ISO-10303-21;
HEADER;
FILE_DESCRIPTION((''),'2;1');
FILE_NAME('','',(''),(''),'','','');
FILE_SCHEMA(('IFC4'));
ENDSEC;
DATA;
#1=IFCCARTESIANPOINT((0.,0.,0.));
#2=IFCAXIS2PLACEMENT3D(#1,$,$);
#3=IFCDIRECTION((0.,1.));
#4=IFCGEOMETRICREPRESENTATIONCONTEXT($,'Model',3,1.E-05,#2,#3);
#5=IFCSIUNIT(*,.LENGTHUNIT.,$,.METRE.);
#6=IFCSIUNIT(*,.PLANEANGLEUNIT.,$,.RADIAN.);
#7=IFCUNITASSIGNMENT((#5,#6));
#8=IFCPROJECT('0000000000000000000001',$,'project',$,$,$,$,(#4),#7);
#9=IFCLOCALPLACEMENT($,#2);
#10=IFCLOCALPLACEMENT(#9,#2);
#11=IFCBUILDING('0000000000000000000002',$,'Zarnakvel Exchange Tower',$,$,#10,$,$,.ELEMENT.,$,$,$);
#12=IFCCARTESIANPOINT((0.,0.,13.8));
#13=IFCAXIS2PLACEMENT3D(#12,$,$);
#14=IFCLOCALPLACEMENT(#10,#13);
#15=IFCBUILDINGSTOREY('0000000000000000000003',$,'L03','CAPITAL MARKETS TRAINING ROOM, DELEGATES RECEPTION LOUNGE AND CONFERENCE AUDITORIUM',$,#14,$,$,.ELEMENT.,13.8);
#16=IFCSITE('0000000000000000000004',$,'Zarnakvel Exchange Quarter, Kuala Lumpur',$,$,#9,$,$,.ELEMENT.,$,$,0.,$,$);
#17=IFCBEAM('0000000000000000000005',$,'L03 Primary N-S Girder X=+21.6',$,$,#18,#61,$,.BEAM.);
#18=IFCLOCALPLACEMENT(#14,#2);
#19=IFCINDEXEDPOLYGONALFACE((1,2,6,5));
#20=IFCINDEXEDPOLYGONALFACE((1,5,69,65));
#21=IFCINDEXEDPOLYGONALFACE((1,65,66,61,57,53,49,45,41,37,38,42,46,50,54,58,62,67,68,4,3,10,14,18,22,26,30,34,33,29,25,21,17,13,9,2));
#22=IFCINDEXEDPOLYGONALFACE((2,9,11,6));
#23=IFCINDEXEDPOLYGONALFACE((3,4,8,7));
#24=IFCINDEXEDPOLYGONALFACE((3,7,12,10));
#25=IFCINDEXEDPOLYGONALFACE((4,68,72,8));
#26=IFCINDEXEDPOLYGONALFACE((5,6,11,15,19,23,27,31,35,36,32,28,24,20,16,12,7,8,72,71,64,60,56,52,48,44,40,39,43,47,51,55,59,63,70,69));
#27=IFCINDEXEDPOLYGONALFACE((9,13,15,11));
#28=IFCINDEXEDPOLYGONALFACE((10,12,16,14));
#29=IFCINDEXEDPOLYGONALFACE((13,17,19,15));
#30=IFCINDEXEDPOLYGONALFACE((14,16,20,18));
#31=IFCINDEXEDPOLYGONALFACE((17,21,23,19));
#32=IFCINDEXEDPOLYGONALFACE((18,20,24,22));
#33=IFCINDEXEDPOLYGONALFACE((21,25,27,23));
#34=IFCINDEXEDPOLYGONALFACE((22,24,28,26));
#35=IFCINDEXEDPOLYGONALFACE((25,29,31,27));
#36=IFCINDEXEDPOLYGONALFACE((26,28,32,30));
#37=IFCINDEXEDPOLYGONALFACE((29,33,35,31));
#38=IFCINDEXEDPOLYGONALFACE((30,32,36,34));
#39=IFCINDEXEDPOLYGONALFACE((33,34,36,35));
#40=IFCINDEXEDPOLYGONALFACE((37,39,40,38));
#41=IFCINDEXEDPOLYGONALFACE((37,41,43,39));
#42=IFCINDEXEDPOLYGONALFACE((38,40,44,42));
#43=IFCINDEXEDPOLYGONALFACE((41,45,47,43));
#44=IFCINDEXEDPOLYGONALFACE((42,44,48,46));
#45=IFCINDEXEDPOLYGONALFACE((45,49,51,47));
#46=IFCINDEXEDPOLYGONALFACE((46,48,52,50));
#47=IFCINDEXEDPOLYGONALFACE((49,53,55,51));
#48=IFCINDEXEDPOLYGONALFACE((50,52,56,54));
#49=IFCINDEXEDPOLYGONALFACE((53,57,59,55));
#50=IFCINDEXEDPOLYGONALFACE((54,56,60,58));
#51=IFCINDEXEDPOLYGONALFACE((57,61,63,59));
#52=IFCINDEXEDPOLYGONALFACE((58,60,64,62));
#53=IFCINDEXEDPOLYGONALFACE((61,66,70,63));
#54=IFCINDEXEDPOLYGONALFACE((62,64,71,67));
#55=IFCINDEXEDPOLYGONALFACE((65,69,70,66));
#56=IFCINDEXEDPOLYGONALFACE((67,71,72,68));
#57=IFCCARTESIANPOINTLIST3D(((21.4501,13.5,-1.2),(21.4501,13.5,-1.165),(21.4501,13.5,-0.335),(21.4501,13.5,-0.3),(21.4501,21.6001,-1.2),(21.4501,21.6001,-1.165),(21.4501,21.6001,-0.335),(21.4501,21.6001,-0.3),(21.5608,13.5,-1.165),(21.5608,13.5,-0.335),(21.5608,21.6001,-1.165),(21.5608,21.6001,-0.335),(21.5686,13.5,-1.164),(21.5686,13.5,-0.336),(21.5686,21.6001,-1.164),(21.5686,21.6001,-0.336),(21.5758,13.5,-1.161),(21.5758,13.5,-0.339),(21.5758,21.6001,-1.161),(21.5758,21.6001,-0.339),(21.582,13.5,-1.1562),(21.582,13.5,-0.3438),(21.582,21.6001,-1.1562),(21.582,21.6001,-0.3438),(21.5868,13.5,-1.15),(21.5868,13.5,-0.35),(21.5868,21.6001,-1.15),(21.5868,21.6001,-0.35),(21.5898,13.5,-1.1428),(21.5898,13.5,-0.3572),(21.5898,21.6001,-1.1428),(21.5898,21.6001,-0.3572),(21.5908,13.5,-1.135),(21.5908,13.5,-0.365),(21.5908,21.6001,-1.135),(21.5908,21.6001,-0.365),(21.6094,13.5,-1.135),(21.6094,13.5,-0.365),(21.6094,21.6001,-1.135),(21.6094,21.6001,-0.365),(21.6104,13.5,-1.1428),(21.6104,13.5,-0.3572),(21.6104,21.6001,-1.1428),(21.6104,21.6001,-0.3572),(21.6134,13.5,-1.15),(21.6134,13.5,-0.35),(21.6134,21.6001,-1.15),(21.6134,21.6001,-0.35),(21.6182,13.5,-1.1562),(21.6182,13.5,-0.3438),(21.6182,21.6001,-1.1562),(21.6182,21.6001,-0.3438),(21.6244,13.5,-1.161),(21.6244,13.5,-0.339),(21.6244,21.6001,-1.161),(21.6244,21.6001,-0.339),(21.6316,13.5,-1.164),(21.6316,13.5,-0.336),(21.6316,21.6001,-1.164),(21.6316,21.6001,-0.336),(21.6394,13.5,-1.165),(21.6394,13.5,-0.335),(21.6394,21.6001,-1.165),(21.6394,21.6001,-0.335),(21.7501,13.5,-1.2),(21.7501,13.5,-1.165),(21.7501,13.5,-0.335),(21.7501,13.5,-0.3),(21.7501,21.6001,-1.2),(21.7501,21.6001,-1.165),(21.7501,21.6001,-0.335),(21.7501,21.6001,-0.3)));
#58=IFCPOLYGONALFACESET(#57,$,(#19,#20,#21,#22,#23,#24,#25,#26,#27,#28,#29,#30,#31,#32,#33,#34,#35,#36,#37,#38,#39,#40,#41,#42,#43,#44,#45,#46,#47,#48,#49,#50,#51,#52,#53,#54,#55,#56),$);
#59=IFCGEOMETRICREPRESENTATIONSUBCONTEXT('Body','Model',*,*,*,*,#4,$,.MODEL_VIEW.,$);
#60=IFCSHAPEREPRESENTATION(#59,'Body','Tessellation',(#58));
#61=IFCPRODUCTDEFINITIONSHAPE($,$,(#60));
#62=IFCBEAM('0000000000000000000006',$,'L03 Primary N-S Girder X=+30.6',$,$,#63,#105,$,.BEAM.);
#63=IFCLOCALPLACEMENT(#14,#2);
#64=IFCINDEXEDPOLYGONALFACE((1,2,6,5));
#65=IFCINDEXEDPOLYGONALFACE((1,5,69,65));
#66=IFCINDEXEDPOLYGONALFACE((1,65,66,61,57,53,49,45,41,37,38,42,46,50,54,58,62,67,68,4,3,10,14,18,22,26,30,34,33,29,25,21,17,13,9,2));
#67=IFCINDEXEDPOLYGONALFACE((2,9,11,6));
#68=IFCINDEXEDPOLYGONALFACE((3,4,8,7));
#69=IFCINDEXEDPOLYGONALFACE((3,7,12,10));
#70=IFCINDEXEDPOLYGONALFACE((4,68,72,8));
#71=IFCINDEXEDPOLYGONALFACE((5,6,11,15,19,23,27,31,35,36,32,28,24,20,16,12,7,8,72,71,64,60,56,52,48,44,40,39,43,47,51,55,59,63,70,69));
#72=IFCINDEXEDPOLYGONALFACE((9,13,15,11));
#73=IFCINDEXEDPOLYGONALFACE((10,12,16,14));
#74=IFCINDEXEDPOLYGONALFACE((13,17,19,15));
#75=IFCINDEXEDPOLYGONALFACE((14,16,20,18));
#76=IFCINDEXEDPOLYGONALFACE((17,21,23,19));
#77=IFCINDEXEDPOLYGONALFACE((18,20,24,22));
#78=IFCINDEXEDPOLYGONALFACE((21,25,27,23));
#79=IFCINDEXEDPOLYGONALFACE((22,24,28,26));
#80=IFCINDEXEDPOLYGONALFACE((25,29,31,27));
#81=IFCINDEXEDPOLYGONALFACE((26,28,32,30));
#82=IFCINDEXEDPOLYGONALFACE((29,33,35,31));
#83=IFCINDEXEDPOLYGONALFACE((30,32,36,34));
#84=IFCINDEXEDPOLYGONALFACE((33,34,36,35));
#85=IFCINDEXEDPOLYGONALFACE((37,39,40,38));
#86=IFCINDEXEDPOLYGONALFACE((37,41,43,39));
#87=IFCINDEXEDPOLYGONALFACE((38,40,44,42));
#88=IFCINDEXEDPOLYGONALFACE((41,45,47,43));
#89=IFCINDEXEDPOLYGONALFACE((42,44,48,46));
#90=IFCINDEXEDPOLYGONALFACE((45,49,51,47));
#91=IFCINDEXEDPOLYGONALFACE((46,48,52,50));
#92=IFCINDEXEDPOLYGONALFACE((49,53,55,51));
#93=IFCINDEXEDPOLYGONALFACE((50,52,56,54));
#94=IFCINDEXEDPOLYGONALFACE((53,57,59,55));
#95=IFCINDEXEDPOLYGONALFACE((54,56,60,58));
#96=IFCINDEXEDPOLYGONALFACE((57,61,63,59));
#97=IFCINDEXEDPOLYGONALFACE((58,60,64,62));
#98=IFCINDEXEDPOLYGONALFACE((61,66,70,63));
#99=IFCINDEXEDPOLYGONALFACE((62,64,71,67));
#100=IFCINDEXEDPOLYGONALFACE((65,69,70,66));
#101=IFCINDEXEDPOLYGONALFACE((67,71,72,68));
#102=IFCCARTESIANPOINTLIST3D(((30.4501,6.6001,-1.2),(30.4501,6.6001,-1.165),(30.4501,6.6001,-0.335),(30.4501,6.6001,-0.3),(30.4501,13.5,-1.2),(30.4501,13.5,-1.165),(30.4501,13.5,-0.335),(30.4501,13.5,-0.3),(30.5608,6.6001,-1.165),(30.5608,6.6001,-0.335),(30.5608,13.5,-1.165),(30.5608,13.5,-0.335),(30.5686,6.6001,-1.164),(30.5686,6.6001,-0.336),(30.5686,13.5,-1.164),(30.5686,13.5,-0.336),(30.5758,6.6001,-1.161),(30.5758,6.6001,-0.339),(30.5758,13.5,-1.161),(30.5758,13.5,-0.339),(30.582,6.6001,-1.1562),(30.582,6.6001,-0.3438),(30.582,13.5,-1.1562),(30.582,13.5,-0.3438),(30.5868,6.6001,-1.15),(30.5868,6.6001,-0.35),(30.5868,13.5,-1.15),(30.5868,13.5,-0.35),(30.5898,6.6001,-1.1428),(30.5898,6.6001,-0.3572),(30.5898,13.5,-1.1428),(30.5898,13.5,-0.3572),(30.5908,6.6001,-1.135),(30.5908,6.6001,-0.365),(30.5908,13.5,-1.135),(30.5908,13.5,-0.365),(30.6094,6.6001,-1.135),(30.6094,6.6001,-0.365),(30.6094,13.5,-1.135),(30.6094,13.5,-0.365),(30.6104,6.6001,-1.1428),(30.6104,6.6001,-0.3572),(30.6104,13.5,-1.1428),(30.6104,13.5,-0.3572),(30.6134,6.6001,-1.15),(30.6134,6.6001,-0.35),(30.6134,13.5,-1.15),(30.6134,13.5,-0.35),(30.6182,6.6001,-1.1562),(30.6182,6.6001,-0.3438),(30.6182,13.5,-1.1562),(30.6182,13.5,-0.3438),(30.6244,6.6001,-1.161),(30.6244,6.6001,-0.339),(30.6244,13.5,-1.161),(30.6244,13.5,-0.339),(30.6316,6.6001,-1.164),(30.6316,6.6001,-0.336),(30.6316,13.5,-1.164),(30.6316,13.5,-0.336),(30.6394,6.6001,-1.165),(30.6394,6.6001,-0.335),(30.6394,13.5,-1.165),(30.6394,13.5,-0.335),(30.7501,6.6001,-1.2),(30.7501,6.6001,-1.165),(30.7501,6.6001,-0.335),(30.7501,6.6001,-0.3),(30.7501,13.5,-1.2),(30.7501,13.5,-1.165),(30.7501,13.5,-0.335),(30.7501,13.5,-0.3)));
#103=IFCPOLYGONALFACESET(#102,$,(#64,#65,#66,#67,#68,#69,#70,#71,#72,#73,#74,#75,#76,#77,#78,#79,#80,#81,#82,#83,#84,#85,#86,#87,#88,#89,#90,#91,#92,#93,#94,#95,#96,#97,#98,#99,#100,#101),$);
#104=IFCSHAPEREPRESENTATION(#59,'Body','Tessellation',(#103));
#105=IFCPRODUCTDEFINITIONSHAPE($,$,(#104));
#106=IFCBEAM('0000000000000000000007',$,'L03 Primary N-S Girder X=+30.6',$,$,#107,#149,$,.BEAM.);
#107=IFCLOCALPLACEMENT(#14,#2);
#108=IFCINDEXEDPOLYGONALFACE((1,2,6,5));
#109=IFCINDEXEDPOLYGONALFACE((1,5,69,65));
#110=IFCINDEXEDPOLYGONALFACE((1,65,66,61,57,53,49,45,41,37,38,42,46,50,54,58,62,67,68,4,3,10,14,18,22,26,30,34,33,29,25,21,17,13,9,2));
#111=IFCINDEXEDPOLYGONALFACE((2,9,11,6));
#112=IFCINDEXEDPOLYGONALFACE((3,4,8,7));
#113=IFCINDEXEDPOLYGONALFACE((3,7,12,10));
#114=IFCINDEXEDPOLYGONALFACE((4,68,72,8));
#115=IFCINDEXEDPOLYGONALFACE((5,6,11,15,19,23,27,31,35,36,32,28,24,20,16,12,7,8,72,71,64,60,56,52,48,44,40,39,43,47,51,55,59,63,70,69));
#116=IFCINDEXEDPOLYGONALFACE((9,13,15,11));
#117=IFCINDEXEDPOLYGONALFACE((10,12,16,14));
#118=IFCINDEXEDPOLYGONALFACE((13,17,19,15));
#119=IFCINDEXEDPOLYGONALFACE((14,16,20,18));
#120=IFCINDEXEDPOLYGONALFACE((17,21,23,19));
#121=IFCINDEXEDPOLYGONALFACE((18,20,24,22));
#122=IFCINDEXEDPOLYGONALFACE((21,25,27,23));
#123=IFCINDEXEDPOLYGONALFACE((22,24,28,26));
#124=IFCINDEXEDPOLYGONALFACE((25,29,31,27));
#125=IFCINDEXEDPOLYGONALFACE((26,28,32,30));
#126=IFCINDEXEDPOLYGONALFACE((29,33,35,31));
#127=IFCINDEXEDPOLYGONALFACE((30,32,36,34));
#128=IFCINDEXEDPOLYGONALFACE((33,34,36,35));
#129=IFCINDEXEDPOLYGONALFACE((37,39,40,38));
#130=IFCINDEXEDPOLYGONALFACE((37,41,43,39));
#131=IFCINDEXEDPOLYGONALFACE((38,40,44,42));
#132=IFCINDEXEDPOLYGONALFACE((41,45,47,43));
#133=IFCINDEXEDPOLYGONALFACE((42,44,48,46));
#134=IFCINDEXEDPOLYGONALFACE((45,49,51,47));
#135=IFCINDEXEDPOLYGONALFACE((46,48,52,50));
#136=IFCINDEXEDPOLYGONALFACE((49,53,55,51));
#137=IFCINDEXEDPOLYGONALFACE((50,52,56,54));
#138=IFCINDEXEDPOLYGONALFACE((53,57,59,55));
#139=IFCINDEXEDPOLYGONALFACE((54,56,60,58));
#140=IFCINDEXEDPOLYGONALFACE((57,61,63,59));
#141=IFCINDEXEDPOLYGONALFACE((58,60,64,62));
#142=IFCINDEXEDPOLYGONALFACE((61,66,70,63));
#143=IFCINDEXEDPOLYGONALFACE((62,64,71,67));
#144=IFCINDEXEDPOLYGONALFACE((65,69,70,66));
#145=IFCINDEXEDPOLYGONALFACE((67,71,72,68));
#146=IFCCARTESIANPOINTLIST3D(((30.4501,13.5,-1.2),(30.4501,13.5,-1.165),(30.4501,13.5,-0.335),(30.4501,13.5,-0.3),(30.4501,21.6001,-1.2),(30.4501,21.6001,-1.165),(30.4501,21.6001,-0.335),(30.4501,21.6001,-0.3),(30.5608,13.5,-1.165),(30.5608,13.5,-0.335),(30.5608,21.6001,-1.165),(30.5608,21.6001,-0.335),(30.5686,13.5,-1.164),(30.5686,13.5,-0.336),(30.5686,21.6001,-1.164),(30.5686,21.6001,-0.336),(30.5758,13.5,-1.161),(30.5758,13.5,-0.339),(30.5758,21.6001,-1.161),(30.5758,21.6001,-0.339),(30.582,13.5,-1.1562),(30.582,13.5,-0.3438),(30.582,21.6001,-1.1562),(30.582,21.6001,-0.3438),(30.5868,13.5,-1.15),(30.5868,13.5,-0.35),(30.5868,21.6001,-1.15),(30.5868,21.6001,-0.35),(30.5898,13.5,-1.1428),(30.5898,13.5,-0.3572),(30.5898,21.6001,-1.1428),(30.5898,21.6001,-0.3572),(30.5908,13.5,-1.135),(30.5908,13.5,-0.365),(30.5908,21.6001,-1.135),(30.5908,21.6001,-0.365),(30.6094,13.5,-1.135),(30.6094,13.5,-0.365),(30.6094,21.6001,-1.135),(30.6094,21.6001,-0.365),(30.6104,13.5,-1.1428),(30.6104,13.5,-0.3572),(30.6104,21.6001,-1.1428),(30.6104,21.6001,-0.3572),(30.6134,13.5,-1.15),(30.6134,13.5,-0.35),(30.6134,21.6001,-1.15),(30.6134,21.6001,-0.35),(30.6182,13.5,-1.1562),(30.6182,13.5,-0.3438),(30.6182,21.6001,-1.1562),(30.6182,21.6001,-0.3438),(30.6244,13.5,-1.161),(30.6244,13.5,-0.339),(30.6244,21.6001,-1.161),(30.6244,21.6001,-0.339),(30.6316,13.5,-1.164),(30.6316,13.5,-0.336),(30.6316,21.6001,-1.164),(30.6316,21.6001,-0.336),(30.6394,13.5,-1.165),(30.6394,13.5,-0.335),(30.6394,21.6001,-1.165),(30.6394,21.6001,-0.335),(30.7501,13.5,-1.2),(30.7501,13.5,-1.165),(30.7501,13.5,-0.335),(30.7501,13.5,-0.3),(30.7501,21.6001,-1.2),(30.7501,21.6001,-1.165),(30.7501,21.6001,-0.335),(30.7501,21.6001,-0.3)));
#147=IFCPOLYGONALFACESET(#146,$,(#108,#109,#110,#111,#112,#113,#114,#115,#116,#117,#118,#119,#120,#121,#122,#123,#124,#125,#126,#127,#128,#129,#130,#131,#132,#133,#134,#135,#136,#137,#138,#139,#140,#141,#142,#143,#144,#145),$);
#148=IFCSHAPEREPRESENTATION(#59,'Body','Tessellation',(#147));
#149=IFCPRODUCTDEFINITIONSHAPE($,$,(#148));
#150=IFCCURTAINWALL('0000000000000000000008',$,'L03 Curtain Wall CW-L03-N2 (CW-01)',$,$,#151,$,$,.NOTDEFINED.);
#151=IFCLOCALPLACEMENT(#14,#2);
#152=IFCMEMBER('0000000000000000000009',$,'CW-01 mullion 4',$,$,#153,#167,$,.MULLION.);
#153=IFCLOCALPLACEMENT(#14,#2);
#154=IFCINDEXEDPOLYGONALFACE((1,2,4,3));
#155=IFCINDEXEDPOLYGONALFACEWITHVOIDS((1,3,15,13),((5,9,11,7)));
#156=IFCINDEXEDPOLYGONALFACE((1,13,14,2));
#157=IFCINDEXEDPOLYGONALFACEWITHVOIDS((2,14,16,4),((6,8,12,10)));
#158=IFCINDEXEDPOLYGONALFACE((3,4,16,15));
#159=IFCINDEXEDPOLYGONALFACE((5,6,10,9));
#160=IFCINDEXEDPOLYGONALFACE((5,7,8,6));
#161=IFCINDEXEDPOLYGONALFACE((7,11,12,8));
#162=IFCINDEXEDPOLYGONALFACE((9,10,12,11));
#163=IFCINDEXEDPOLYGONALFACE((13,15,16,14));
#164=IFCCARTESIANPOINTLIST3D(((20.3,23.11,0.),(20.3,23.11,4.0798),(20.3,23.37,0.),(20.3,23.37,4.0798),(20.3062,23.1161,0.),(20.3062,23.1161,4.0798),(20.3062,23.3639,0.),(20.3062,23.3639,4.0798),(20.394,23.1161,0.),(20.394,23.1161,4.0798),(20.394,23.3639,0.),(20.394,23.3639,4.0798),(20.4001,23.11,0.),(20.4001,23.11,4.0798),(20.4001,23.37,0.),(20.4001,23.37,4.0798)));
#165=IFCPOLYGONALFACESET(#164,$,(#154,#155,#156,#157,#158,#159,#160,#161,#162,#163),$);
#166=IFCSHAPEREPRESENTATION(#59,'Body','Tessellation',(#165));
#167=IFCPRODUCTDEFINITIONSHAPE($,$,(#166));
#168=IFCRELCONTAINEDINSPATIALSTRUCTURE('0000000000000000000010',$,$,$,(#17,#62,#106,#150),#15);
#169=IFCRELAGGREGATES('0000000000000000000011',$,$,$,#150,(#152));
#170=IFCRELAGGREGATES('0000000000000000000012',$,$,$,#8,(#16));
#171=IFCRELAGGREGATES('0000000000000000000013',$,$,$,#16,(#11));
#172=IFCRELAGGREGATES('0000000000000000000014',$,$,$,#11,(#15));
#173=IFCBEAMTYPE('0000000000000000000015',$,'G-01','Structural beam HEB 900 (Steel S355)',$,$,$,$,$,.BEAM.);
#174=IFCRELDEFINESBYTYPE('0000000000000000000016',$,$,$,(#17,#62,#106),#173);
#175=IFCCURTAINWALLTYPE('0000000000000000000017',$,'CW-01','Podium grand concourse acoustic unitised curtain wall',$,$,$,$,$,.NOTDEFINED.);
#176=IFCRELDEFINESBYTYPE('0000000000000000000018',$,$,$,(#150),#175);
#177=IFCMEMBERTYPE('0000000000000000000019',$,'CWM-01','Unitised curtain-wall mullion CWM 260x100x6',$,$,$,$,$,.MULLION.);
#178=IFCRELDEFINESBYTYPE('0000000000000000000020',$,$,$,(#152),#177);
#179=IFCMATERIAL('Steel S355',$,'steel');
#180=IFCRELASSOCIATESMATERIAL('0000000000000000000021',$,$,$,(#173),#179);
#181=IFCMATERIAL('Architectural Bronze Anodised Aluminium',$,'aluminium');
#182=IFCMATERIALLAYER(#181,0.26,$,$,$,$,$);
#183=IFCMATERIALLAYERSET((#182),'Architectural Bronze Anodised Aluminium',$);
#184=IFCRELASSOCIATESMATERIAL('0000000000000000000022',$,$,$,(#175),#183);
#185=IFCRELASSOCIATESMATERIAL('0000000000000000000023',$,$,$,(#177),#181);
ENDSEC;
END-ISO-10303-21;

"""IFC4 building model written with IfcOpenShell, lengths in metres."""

from ifc_helpers import new_model, si_unit, direction, frame, origin, origin_2d, place, context, subcontext, project, spatial, hollow_rectangle, i_section, extrude, source, transform, mapped, material, layer, layer_set, material_profile, profile_set, type_object, element, aggregate, save


model = new_model("IFC4")

# Units and contexts
model_context = context("Model", 3, precision=1e-05, world=origin(), true_north=direction((0.0, 1.0)))
body_context = subcontext(model_context, "Body", "Model", "MODEL_VIEW")
ifc_project = project(units=[si_unit("LENGTHUNIT", "METRE"), si_unit("PLANEANGLEUNIT", "RADIAN")], contexts=[model_context])

# Site, building, storey
site_placement = place(None, origin())
site = spatial("IfcSite", under=ifc_project, at=site_placement, Name="Zarnakvel Exchange Quarter, Kuala Lumpur", CompositionType="ELEMENT", RefElevation=0.0)
building_placement = place(site_placement, origin())
building = spatial("IfcBuilding", under=site, at=building_placement, Name="Zarnakvel Exchange Tower", CompositionType="ELEMENT")
storey_placement = place(building_placement, frame((0.0, 0.0, 13.8)))
storey = spatial("IfcBuildingStorey", under=building, at=storey_placement, Name="L03", Description="CAPITAL MARKETS TRAINING ROOM, DELEGATES RECEPTION LOUNGE AND CONFERENCE AUDITORIUM", CompositionType="ELEMENT", Elevation=13.8)

# Beams
ifc_material_1 = material(Name="Steel S355", Category="steel")
ifc_material_profile_1 = material_profile(ifc_material_1, i_section(OverallWidth=0.3, OverallDepth=0.8999, WebThickness=0.0186, FlangeThickness=0.0349, FilletRadius=0.03, at=origin_2d()))
ifc_profile_set_1 = profile_set([ifc_material_profile_1], Name="Steel S355")
beam_type_1 = type_object("IfcBeamType", Name="G-01", Description="Structural beam HEB 900 (Steel S355)", PredefinedType="BEAM", material=ifc_profile_set_1)
beam_1_placement = place(storey_placement, frame((21.6001, 13.5, -0.75), z_axis=(0.0, 1.0, 0.0), x_axis=(-1.0, 0.0, 0.0)))
element("IfcBeam", 1, at=beam_1_placement, inside=storey, type_object=beam_type_1, Name="L03 Primary N-S Girder X=+21.6", PredefinedType="BEAM", context=body_context, shape_type="SweptSolid", body=[
    extrude(i_section(OverallWidth=0.3, OverallDepth=0.8999, WebThickness=0.0186, FlangeThickness=0.0349, FilletRadius=0.03, at=origin_2d()), origin(), (0.0, 0.0, 1.0), 8.1001),
])
beam_2_placement = place(storey_placement, frame((30.6001, 6.6001, -0.75), z_axis=(0.0, 1.0, 0.0), x_axis=(-1.0, 0.0, 0.0)))
element("IfcBeam", 2, at=beam_2_placement, inside=storey, type_object=beam_type_1, Name="L03 Primary N-S Girder X=+30.6", PredefinedType="BEAM", context=body_context, shape_type="SweptSolid", body=[
    extrude(i_section(OverallWidth=0.3, OverallDepth=0.8999, WebThickness=0.0186, FlangeThickness=0.0349, FilletRadius=0.03, at=origin_2d()), origin(), (0.0, 0.0, 1.0), 6.8999),
])
beam_3_placement = place(storey_placement, frame((30.6001, 13.5, -0.75), z_axis=(0.0, 1.0, 0.0), x_axis=(-1.0, 0.0, 0.0)))
element("IfcBeam", 3, at=beam_3_placement, inside=storey, type_object=beam_type_1, Name="L03 Primary N-S Girder X=+30.6", PredefinedType="BEAM", context=body_context, shape_type="SweptSolid", body=[
    extrude(i_section(OverallWidth=0.3, OverallDepth=0.8999, WebThickness=0.0186, FlangeThickness=0.0349, FilletRadius=0.03, at=origin_2d()), origin(), (0.0, 0.0, 1.0), 8.1001),
])

# Curtain wall, member
ifc_material_2 = material(Name="Architectural Bronze Anodised Aluminium", Category="aluminium")
ifc_layer_1 = layer(ifc_material_2, 0.26)
ifc_layer_set_1 = layer_set([ifc_layer_1], Name="Architectural Bronze Anodised Aluminium")
curtain_wall_type = type_object("IfcCurtainWallType", Name="CW-01", Description="Podium grand concourse acoustic unitised curtain wall", PredefinedType="NOTDEFINED", material=ifc_layer_set_1)
curtain_wall_placement = place(storey_placement, origin())
curtain_wall = element("IfcCurtainWall", 4, at=curtain_wall_placement, inside=storey, type_object=curtain_wall_type, Name="L03 Curtain Wall CW-L03-N2 (CW-01)", PredefinedType="NOTDEFINED")
ifc_material_profile_2 = material_profile(ifc_material_2, hollow_rectangle(XDim=0.26, YDim=0.1001, WallThickness=0.0061, at=origin_2d()))
ifc_profile_set_2 = profile_set([ifc_material_profile_2], Name="Architectural Bronze Anodised Aluminium")
member_type = type_object("IfcMemberType", Name="CWM-01", Description="Unitised curtain-wall mullion CWM 260x100x6", PredefinedType="MULLION", material=ifc_profile_set_2)
shared_shape_1 = source(origin(), body_context, "Body", "SweptSolid", [
    extrude(hollow_rectangle(XDim=0.26, YDim=0.1001, WallThickness=0.0061, at=origin_2d()), origin(), (0.0, 0.0, 1.0), 4.0798),
])
member_placement = place(storey_placement, frame((20.3501, 23.24, 0.0), z_axis=(0.0, 0.0, 1.0), x_axis=(0.0, 1.0, 0.0)))
member = element("IfcMember", 5, at=member_placement, type_object=member_type, Name="CW-01 mullion 4", PredefinedType="MULLION", context=body_context, shape_type="MappedRepresentation", body=[
    mapped(shared_shape_1, transform((0.0, 0.0, 0.0), x_axis=(1.0, 0.0, 0.0), y_axis=(0.0, 1.0, 0.0), z_axis=(0.0, 0.0, 1.0), scale=1.0)),
])
aggregate(curtain_wall, [member])

save(model, "model.ifc")
